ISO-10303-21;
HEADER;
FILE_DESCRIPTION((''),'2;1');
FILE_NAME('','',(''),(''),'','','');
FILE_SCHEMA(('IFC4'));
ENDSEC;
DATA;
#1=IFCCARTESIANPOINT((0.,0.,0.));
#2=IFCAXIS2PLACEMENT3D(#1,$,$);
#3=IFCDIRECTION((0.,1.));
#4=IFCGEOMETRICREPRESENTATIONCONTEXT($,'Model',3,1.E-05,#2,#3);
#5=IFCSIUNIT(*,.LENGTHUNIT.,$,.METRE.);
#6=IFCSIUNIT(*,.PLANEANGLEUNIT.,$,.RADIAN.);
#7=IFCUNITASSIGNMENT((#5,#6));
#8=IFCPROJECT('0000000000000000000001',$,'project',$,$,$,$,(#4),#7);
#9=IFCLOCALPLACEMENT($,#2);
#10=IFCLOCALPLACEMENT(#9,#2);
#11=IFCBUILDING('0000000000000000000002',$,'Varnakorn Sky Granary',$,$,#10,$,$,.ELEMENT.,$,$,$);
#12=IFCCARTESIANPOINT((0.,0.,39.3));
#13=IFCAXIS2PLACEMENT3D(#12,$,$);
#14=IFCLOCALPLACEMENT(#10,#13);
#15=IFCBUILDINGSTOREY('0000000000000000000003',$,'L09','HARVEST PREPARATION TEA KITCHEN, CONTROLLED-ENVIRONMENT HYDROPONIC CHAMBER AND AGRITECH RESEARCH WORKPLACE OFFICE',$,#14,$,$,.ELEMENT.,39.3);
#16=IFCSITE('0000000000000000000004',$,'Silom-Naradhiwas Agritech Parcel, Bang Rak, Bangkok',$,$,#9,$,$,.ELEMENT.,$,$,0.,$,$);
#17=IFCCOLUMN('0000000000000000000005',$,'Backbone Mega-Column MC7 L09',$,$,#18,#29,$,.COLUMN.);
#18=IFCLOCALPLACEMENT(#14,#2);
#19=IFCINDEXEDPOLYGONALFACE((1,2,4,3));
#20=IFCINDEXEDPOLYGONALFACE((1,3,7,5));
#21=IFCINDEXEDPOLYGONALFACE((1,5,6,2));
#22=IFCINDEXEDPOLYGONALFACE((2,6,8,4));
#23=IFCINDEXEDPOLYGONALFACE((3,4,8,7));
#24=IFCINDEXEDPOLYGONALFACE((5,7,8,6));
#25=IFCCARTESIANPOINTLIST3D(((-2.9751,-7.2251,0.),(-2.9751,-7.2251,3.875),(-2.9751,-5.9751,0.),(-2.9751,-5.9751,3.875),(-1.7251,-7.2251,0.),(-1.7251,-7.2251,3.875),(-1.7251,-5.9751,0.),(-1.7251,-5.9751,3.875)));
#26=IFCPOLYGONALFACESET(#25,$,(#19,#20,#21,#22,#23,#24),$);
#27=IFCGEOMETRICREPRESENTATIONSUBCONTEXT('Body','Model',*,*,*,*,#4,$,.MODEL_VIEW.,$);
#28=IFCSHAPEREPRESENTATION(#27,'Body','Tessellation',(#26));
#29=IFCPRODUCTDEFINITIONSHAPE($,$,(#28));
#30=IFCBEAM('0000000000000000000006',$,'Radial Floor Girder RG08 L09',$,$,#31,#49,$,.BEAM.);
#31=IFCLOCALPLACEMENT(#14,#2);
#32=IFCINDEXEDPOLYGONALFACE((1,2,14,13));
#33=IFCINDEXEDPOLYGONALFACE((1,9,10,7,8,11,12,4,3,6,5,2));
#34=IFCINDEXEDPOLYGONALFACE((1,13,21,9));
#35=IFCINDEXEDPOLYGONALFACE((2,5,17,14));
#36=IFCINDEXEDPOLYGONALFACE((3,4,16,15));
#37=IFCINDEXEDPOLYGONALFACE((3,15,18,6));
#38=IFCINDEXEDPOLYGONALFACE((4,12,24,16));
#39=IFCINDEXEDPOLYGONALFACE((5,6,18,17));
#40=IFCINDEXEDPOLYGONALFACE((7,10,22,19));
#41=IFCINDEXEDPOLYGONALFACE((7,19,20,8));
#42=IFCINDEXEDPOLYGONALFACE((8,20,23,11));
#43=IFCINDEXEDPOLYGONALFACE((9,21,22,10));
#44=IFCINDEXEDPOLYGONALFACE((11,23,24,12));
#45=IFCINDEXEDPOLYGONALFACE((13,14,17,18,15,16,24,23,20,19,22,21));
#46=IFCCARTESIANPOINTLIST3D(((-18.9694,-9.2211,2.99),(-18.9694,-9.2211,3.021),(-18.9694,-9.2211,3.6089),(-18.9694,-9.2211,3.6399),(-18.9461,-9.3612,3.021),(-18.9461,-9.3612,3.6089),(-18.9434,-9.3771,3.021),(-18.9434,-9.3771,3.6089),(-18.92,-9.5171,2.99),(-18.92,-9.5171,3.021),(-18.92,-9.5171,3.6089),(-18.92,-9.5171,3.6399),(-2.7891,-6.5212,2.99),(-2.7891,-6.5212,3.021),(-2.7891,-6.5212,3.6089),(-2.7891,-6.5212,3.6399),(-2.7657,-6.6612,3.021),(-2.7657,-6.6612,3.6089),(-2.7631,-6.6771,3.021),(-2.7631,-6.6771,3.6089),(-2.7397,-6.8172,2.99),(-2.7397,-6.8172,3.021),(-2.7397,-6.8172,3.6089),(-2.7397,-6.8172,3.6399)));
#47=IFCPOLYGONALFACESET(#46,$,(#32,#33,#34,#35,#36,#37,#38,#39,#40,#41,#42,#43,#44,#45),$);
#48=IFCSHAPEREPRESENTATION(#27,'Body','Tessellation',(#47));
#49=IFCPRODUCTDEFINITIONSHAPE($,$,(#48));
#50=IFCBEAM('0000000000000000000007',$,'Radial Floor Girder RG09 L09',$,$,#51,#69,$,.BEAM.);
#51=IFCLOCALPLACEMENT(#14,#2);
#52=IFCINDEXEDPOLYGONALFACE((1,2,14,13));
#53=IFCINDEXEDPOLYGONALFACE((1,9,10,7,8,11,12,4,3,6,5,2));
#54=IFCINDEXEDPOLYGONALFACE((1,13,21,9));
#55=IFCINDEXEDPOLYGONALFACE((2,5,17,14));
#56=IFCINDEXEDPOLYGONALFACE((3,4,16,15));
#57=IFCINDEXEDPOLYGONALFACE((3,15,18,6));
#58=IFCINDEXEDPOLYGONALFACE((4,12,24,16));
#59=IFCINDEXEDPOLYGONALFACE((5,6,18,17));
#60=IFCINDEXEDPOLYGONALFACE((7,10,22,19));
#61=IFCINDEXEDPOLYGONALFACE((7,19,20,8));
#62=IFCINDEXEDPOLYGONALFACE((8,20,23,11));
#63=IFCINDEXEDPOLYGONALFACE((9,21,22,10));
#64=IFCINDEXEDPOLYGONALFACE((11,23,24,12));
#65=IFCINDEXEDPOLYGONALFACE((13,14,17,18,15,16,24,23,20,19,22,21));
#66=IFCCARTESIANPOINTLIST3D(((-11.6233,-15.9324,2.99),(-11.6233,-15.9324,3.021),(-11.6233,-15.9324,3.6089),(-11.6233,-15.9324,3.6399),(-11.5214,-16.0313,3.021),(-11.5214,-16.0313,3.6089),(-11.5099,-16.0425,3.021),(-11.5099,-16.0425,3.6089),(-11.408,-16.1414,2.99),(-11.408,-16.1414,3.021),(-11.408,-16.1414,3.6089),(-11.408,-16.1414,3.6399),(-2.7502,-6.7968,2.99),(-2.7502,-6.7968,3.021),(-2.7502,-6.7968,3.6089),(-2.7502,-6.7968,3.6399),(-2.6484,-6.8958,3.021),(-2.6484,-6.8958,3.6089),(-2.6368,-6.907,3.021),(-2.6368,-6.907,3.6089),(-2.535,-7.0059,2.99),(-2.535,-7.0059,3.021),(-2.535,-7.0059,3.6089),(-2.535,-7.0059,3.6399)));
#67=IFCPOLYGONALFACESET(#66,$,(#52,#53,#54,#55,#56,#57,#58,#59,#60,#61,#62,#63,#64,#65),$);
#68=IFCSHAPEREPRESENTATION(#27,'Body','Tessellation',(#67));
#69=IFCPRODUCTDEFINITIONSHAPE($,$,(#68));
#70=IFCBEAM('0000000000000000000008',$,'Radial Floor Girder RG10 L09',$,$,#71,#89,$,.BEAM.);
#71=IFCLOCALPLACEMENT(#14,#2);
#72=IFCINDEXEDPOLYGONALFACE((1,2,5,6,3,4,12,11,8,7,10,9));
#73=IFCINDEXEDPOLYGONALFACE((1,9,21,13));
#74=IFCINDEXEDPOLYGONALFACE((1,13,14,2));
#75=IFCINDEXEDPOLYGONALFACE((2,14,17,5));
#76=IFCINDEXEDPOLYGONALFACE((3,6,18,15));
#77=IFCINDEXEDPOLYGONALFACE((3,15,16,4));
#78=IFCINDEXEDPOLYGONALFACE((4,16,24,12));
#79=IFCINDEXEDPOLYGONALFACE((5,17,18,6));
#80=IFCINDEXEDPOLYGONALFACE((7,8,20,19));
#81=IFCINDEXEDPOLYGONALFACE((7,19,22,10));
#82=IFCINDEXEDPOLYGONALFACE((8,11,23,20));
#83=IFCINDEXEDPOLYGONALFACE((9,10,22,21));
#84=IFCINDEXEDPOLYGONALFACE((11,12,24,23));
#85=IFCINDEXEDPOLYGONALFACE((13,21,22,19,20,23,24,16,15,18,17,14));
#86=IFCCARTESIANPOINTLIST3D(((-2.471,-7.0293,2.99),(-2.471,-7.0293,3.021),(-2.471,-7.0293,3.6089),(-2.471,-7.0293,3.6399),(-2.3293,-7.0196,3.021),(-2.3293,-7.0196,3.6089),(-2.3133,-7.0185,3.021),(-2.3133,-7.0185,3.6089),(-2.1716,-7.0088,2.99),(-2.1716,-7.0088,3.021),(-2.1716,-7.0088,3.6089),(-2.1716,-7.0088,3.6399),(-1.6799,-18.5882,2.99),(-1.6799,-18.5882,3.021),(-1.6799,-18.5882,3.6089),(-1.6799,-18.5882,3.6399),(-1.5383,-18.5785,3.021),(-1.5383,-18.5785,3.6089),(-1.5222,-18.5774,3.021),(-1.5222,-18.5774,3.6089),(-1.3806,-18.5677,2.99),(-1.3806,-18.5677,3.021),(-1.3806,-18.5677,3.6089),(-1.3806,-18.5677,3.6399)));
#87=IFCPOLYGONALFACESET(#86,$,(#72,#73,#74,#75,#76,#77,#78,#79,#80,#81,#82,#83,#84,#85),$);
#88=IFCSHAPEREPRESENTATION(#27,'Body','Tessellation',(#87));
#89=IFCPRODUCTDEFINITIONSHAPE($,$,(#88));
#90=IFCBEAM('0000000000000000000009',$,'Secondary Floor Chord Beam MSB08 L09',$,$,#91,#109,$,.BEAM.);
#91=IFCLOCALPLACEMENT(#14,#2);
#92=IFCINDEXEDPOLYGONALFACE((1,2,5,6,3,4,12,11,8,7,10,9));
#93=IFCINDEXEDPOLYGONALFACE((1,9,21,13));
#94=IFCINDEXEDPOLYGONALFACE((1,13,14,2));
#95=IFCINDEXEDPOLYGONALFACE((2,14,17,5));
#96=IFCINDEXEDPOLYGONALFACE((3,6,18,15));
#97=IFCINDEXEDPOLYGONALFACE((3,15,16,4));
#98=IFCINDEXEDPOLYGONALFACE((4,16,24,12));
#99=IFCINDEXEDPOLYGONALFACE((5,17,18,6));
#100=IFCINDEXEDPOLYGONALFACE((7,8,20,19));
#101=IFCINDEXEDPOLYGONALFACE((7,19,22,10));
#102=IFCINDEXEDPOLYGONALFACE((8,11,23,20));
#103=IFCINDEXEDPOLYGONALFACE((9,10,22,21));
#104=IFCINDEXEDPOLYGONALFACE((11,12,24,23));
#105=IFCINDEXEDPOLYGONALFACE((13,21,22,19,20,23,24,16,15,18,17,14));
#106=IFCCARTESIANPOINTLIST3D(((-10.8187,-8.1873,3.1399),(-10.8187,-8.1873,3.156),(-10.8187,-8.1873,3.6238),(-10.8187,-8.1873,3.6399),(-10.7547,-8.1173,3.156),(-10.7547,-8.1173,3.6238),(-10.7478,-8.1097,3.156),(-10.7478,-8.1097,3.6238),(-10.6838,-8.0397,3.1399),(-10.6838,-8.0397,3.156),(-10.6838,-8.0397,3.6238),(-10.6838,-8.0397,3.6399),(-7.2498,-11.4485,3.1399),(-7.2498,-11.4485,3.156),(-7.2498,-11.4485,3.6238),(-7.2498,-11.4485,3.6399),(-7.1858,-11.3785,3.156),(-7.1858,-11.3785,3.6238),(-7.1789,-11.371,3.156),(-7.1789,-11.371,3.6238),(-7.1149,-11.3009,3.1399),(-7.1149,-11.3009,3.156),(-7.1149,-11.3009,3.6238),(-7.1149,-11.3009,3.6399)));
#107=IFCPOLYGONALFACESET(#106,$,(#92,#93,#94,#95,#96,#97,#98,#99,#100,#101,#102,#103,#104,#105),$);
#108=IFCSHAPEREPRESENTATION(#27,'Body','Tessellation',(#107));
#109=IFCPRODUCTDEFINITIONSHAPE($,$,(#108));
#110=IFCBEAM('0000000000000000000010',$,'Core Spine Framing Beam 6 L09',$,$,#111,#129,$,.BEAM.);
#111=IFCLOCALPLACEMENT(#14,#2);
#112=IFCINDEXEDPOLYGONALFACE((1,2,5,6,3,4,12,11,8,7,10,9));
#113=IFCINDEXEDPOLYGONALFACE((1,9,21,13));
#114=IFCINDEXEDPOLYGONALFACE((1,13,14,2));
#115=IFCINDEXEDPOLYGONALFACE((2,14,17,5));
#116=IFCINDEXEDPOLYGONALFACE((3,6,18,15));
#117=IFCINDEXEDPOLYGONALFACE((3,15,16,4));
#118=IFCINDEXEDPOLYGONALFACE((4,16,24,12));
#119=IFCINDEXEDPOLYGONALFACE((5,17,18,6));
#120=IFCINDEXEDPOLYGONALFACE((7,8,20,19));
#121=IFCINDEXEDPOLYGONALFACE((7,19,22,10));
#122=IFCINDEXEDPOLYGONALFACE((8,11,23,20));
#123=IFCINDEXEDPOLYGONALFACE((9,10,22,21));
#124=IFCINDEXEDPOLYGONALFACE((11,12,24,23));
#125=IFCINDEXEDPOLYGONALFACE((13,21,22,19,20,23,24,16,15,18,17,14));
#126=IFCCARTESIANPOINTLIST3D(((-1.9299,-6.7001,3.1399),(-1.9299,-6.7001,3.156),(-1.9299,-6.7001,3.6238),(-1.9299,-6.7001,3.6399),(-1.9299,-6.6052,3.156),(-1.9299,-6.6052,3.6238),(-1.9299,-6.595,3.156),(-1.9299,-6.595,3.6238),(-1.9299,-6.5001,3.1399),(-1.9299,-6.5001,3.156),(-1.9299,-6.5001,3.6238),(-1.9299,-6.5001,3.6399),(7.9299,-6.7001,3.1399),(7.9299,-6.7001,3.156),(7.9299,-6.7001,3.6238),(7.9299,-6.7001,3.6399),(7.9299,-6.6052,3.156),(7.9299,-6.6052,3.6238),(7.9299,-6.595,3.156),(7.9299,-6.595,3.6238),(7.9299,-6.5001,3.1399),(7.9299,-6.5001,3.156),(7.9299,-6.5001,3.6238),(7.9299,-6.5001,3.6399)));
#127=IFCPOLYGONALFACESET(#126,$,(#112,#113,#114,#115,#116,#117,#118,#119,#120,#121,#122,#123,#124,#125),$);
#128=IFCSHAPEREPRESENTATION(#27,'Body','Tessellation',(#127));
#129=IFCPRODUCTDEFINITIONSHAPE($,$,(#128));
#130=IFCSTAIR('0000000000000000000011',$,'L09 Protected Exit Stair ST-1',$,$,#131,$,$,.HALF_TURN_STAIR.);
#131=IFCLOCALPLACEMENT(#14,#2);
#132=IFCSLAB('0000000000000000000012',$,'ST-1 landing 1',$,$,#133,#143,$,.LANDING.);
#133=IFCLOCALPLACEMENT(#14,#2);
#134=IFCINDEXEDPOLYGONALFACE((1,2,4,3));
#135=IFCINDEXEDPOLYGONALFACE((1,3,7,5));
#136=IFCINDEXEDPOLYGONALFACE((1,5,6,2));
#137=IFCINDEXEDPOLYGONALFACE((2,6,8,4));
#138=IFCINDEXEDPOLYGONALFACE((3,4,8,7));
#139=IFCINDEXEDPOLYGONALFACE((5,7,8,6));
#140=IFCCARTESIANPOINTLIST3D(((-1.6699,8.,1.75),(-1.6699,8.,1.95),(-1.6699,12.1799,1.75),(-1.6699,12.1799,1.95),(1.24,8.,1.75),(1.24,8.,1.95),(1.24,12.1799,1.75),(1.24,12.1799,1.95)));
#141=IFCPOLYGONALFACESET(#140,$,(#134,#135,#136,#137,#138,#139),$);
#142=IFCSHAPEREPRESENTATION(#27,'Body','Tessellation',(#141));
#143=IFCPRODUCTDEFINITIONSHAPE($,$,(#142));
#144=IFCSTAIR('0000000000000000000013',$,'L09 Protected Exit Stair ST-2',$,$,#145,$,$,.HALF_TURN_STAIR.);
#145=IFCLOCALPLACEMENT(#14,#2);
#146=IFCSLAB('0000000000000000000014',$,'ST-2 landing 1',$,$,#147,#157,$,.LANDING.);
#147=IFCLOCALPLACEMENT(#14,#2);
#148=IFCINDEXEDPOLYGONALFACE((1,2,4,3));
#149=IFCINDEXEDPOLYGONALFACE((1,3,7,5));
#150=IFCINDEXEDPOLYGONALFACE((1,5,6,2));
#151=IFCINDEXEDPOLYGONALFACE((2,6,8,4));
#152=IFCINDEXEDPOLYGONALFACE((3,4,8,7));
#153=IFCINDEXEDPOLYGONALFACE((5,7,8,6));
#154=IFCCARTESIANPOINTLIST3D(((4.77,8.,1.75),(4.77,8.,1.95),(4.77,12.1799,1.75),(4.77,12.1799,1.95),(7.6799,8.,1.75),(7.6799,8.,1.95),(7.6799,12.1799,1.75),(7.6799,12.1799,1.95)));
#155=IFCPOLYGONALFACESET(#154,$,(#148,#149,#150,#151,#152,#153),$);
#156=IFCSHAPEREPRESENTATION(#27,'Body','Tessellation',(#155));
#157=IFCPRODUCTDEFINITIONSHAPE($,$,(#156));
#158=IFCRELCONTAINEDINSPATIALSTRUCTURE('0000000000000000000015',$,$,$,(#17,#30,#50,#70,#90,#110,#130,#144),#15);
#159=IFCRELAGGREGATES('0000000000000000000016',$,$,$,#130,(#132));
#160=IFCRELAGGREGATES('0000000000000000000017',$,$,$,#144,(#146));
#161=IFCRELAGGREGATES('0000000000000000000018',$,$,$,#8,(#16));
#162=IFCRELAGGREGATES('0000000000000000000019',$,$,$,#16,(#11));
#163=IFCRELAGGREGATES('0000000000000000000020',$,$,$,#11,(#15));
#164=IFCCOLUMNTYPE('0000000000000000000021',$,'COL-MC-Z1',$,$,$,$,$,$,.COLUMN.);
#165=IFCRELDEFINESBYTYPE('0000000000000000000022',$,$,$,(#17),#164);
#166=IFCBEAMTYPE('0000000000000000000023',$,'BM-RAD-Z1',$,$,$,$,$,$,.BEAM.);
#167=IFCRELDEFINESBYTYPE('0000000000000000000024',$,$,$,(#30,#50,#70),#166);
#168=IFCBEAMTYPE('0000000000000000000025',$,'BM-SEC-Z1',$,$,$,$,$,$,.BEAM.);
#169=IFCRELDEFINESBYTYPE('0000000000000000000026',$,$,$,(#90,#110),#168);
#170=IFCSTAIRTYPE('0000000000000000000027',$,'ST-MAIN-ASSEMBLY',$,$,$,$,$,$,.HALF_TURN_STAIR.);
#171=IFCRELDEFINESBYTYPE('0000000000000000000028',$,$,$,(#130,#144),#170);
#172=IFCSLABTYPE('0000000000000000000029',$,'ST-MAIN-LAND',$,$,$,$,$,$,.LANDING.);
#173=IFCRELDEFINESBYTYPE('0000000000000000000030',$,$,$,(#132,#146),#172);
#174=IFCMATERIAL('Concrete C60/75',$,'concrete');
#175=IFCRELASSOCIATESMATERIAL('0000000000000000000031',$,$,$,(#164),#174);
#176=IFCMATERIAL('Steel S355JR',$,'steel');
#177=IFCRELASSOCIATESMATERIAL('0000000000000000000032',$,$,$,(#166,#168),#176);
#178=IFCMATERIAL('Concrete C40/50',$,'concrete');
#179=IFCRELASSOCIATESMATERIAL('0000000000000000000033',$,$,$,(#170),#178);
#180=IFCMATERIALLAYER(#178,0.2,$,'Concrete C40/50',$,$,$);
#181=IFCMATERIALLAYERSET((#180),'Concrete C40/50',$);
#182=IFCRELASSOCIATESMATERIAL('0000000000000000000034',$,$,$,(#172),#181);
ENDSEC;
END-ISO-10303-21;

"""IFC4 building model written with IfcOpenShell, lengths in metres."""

from ifc_helpers import new_model, si_unit, direction, frame, origin, origin_2d, place, context, subcontext, project, spatial, polyline, rectangle, i_section, outline, extrude, material, layer, layer_set, material_profile, profile_set, type_object, element, aggregate, save


model = new_model("IFC4")

# Units and contexts
model_context = context("Model", 3, precision=1e-05, world=origin(), true_north=direction((0.0, 1.0)))
body_context = subcontext(model_context, "Body", "Model", "MODEL_VIEW")
ifc_project = project(units=[si_unit("LENGTHUNIT", "METRE"), si_unit("PLANEANGLEUNIT", "RADIAN")], contexts=[model_context])

# Site, building, storey
site_placement = place(None, origin())
site = spatial("IfcSite", under=ifc_project, at=site_placement, Name="Silom-Naradhiwas Agritech Parcel, Bang Rak, Bangkok", CompositionType="ELEMENT", RefElevation=0.0)
building_placement = place(site_placement, origin())
building = spatial("IfcBuilding", under=site, at=building_placement, Name="Varnakorn Sky Granary", CompositionType="ELEMENT")
storey_placement = place(building_placement, frame((0.0, 0.0, 39.3)))
storey = spatial("IfcBuildingStorey", under=building, at=storey_placement, Name="L09", Description="HARVEST PREPARATION TEA KITCHEN, CONTROLLED-ENVIRONMENT HYDROPONIC CHAMBER AND AGRITECH RESEARCH WORKPLACE OFFICE", CompositionType="ELEMENT", Elevation=39.3)

# Column
ifc_material_1 = material(Name="Concrete C60/75", Category="concrete")
ifc_material_profile_1 = material_profile(ifc_material_1, rectangle(XDim=1.25, YDim=1.25, at=origin_2d()), Name="RC 1250x1250")
ifc_profile_set_1 = profile_set([ifc_material_profile_1], Name="Concrete C60/75")
column_type = type_object("IfcColumnType", Name="COL-MC-Z1", PredefinedType="COLUMN", material=ifc_profile_set_1)
column_placement = place(storey_placement, frame((-2.3501, -6.6001, 0.0), z_axis=(0.0, 0.0, 1.0), x_axis=(1.0, 0.0, 0.0)))
element("IfcColumn", 1, at=column_placement, inside=storey, type_object=column_type, Name="Backbone Mega-Column MC7 L09", PredefinedType="COLUMN", context=body_context, shape_type="SweptSolid", body=[
    extrude(rectangle(XDim=1.25, YDim=1.25, at=origin_2d()), origin(), (0.0, 0.0, 1.0), 3.875),
])

# Beams
ifc_material_2 = material(Name="Steel S355JR", Category="steel")
ifc_material_profile_2 = material_profile(ifc_material_2, i_section(OverallWidth=0.3, OverallDepth=0.6499, WebThickness=0.0161, FlangeThickness=0.031, at=origin_2d()), Name="HE 650 B")
ifc_profile_set_2 = profile_set([ifc_material_profile_2], Name="Steel S355JR")
beam_type_1 = type_object("IfcBeamType", Name="BM-RAD-Z1", PredefinedType="BEAM", material=ifc_profile_set_2)
beam_1_placement = place(storey_placement, frame((-2.7644, -6.6692, 3.3149), z_axis=(-0.986362, -0.16459, 0.0), x_axis=(0.16459, -0.986362, 0.0)))
element("IfcBeam", 2, at=beam_1_placement, inside=storey, type_object=beam_type_1, Name="Radial Floor Girder RG08 L09", PredefinedType="BEAM", context=body_context, shape_type="SweptSolid", body=[
    extrude(i_section(OverallWidth=0.3, OverallDepth=0.6499, WebThickness=0.0161, FlangeThickness=0.031, at=origin_2d()), origin(), (0.0, 0.0, 1.0), 16.4041),
])
beam_2_placement = place(storey_placement, frame((-2.6426, -6.9014, 3.3149), z_axis=(-0.696728, -0.717336, 0.0), x_axis=(0.717336, -0.696728, 0.0)))
element("IfcBeam", 3, at=beam_2_placement, inside=storey, type_object=beam_type_1, Name="Radial Floor Girder RG09 L09", PredefinedType="BEAM", context=body_context, shape_type="SweptSolid", body=[
    extrude(i_section(OverallWidth=0.3, OverallDepth=0.6499, WebThickness=0.0161, FlangeThickness=0.031, at=origin_2d()), origin(), (0.0, 0.0, 1.0), 12.7354),
])
beam_3_placement = place(storey_placement, frame((-2.3213, -7.019, 3.3149), z_axis=(0.068274, -0.997667, 0.0), x_axis=(0.997667, 0.068274, 0.0)))
element("IfcBeam", 4, at=beam_3_placement, inside=storey, type_object=beam_type_1, Name="Radial Floor Girder RG10 L09", PredefinedType="BEAM", context=body_context, shape_type="SweptSolid", body=[
    extrude(i_section(OverallWidth=0.3, OverallDepth=0.6499, WebThickness=0.0161, FlangeThickness=0.031, at=origin_2d()), origin(), (0.0, 0.0, 1.0), 11.5859),
])
ifc_material_profile_3 = material_profile(ifc_material_2, i_section(OverallWidth=0.2, OverallDepth=0.5, WebThickness=0.0103, FlangeThickness=0.0161, at=origin_2d()), Name="IPE 500")
ifc_profile_set_3 = profile_set([ifc_material_profile_3], Name="Steel S355JR")
beam_type_2 = type_object("IfcBeamType", Name="BM-SEC-Z1", PredefinedType="BEAM", material=ifc_profile_set_3)
beam_4_placement = place(storey_placement, frame((-10.7512, -8.1135, 3.3899), z_axis=(0.738206, -0.674576, 0.0), x_axis=(0.674576, 0.738206, 0.0)))
element("IfcBeam", 5, at=beam_4_placement, inside=storey, type_object=beam_type_2, Name="Secondary Floor Chord Beam MSB08 L09", PredefinedType="BEAM", context=body_context, shape_type="SweptSolid", body=[
    extrude(i_section(OverallWidth=0.2, OverallDepth=0.5, WebThickness=0.0103, FlangeThickness=0.0161, at=origin_2d()), origin(), (0.0, 0.0, 1.0), 4.8345),
])
beam_5_placement = place(storey_placement, frame((-1.9299, -6.6001, 3.3899), z_axis=(1.0, 0.0, 0.0), x_axis=(0.0, 1.0, 0.0)))
element("IfcBeam", 6, at=beam_5_placement, inside=storey, type_object=beam_type_2, Name="Core Spine Framing Beam 6 L09", PredefinedType="BEAM", context=body_context, shape_type="SweptSolid", body=[
    extrude(i_section(OverallWidth=0.2, OverallDepth=0.5, WebThickness=0.0103, FlangeThickness=0.0161, at=origin_2d()), origin(), (0.0, 0.0, 1.0), 9.8599),
])

# Stairs, slabs
ifc_material_3 = material(Name="Concrete C40/50", Category="concrete")
stair_type = type_object("IfcStairType", Name="ST-MAIN-ASSEMBLY", PredefinedType="HALF_TURN_STAIR", material=ifc_material_3)
stair_1_placement = place(storey_placement, origin())
stair_1 = element("IfcStair", 7, at=stair_1_placement, inside=storey, type_object=stair_type, Name="L09 Protected Exit Stair ST-1", PredefinedType="HALF_TURN_STAIR")
ifc_layer_1 = layer(ifc_material_3, 0.2, Name="Concrete C40/50")
ifc_layer_set_1 = layer_set([ifc_layer_1], Name="Concrete C40/50")
slab_type_1 = type_object("IfcSlabType", Name="ST-MAIN-LAND", PredefinedType="LANDING", material=ifc_layer_set_1)
slab_1_placement = place(storey_placement, frame((0.0, 0.0, 1.75)))
slab_1 = element("IfcSlab", 8, at=slab_1_placement, type_object=slab_type_1, Name="ST-1 landing 1", PredefinedType="LANDING", context=body_context, shape_type="SweptSolid", body=[
    extrude(outline(polyline([(1.24, 8.0), (1.24, 12.1799), (-1.6699, 12.1799), (-1.6699, 8.0), (1.24, 8.0)])), origin(), (0.0, 0.0, 1.0), 0.2),
])
aggregate(stair_1, [slab_1])
stair_2_placement = place(storey_placement, origin())
stair_2 = element("IfcStair", 9, at=stair_2_placement, inside=storey, type_object=stair_type, Name="L09 Protected Exit Stair ST-2", PredefinedType="HALF_TURN_STAIR")
slab_2_placement = place(storey_placement, frame((0.0, 0.0, 1.75)))
slab_2 = element("IfcSlab", 10, at=slab_2_placement, type_object=slab_type_1, Name="ST-2 landing 1", PredefinedType="LANDING", context=body_context, shape_type="SweptSolid", body=[
    extrude(outline(polyline([(7.6799, 8.0), (7.6799, 12.1799), (4.77, 12.1799), (4.77, 8.0), (7.6799, 8.0)])), origin(), (0.0, 0.0, 1.0), 0.2),
])
aggregate(stair_2, [slab_2])

save(model, "model.ifc")
